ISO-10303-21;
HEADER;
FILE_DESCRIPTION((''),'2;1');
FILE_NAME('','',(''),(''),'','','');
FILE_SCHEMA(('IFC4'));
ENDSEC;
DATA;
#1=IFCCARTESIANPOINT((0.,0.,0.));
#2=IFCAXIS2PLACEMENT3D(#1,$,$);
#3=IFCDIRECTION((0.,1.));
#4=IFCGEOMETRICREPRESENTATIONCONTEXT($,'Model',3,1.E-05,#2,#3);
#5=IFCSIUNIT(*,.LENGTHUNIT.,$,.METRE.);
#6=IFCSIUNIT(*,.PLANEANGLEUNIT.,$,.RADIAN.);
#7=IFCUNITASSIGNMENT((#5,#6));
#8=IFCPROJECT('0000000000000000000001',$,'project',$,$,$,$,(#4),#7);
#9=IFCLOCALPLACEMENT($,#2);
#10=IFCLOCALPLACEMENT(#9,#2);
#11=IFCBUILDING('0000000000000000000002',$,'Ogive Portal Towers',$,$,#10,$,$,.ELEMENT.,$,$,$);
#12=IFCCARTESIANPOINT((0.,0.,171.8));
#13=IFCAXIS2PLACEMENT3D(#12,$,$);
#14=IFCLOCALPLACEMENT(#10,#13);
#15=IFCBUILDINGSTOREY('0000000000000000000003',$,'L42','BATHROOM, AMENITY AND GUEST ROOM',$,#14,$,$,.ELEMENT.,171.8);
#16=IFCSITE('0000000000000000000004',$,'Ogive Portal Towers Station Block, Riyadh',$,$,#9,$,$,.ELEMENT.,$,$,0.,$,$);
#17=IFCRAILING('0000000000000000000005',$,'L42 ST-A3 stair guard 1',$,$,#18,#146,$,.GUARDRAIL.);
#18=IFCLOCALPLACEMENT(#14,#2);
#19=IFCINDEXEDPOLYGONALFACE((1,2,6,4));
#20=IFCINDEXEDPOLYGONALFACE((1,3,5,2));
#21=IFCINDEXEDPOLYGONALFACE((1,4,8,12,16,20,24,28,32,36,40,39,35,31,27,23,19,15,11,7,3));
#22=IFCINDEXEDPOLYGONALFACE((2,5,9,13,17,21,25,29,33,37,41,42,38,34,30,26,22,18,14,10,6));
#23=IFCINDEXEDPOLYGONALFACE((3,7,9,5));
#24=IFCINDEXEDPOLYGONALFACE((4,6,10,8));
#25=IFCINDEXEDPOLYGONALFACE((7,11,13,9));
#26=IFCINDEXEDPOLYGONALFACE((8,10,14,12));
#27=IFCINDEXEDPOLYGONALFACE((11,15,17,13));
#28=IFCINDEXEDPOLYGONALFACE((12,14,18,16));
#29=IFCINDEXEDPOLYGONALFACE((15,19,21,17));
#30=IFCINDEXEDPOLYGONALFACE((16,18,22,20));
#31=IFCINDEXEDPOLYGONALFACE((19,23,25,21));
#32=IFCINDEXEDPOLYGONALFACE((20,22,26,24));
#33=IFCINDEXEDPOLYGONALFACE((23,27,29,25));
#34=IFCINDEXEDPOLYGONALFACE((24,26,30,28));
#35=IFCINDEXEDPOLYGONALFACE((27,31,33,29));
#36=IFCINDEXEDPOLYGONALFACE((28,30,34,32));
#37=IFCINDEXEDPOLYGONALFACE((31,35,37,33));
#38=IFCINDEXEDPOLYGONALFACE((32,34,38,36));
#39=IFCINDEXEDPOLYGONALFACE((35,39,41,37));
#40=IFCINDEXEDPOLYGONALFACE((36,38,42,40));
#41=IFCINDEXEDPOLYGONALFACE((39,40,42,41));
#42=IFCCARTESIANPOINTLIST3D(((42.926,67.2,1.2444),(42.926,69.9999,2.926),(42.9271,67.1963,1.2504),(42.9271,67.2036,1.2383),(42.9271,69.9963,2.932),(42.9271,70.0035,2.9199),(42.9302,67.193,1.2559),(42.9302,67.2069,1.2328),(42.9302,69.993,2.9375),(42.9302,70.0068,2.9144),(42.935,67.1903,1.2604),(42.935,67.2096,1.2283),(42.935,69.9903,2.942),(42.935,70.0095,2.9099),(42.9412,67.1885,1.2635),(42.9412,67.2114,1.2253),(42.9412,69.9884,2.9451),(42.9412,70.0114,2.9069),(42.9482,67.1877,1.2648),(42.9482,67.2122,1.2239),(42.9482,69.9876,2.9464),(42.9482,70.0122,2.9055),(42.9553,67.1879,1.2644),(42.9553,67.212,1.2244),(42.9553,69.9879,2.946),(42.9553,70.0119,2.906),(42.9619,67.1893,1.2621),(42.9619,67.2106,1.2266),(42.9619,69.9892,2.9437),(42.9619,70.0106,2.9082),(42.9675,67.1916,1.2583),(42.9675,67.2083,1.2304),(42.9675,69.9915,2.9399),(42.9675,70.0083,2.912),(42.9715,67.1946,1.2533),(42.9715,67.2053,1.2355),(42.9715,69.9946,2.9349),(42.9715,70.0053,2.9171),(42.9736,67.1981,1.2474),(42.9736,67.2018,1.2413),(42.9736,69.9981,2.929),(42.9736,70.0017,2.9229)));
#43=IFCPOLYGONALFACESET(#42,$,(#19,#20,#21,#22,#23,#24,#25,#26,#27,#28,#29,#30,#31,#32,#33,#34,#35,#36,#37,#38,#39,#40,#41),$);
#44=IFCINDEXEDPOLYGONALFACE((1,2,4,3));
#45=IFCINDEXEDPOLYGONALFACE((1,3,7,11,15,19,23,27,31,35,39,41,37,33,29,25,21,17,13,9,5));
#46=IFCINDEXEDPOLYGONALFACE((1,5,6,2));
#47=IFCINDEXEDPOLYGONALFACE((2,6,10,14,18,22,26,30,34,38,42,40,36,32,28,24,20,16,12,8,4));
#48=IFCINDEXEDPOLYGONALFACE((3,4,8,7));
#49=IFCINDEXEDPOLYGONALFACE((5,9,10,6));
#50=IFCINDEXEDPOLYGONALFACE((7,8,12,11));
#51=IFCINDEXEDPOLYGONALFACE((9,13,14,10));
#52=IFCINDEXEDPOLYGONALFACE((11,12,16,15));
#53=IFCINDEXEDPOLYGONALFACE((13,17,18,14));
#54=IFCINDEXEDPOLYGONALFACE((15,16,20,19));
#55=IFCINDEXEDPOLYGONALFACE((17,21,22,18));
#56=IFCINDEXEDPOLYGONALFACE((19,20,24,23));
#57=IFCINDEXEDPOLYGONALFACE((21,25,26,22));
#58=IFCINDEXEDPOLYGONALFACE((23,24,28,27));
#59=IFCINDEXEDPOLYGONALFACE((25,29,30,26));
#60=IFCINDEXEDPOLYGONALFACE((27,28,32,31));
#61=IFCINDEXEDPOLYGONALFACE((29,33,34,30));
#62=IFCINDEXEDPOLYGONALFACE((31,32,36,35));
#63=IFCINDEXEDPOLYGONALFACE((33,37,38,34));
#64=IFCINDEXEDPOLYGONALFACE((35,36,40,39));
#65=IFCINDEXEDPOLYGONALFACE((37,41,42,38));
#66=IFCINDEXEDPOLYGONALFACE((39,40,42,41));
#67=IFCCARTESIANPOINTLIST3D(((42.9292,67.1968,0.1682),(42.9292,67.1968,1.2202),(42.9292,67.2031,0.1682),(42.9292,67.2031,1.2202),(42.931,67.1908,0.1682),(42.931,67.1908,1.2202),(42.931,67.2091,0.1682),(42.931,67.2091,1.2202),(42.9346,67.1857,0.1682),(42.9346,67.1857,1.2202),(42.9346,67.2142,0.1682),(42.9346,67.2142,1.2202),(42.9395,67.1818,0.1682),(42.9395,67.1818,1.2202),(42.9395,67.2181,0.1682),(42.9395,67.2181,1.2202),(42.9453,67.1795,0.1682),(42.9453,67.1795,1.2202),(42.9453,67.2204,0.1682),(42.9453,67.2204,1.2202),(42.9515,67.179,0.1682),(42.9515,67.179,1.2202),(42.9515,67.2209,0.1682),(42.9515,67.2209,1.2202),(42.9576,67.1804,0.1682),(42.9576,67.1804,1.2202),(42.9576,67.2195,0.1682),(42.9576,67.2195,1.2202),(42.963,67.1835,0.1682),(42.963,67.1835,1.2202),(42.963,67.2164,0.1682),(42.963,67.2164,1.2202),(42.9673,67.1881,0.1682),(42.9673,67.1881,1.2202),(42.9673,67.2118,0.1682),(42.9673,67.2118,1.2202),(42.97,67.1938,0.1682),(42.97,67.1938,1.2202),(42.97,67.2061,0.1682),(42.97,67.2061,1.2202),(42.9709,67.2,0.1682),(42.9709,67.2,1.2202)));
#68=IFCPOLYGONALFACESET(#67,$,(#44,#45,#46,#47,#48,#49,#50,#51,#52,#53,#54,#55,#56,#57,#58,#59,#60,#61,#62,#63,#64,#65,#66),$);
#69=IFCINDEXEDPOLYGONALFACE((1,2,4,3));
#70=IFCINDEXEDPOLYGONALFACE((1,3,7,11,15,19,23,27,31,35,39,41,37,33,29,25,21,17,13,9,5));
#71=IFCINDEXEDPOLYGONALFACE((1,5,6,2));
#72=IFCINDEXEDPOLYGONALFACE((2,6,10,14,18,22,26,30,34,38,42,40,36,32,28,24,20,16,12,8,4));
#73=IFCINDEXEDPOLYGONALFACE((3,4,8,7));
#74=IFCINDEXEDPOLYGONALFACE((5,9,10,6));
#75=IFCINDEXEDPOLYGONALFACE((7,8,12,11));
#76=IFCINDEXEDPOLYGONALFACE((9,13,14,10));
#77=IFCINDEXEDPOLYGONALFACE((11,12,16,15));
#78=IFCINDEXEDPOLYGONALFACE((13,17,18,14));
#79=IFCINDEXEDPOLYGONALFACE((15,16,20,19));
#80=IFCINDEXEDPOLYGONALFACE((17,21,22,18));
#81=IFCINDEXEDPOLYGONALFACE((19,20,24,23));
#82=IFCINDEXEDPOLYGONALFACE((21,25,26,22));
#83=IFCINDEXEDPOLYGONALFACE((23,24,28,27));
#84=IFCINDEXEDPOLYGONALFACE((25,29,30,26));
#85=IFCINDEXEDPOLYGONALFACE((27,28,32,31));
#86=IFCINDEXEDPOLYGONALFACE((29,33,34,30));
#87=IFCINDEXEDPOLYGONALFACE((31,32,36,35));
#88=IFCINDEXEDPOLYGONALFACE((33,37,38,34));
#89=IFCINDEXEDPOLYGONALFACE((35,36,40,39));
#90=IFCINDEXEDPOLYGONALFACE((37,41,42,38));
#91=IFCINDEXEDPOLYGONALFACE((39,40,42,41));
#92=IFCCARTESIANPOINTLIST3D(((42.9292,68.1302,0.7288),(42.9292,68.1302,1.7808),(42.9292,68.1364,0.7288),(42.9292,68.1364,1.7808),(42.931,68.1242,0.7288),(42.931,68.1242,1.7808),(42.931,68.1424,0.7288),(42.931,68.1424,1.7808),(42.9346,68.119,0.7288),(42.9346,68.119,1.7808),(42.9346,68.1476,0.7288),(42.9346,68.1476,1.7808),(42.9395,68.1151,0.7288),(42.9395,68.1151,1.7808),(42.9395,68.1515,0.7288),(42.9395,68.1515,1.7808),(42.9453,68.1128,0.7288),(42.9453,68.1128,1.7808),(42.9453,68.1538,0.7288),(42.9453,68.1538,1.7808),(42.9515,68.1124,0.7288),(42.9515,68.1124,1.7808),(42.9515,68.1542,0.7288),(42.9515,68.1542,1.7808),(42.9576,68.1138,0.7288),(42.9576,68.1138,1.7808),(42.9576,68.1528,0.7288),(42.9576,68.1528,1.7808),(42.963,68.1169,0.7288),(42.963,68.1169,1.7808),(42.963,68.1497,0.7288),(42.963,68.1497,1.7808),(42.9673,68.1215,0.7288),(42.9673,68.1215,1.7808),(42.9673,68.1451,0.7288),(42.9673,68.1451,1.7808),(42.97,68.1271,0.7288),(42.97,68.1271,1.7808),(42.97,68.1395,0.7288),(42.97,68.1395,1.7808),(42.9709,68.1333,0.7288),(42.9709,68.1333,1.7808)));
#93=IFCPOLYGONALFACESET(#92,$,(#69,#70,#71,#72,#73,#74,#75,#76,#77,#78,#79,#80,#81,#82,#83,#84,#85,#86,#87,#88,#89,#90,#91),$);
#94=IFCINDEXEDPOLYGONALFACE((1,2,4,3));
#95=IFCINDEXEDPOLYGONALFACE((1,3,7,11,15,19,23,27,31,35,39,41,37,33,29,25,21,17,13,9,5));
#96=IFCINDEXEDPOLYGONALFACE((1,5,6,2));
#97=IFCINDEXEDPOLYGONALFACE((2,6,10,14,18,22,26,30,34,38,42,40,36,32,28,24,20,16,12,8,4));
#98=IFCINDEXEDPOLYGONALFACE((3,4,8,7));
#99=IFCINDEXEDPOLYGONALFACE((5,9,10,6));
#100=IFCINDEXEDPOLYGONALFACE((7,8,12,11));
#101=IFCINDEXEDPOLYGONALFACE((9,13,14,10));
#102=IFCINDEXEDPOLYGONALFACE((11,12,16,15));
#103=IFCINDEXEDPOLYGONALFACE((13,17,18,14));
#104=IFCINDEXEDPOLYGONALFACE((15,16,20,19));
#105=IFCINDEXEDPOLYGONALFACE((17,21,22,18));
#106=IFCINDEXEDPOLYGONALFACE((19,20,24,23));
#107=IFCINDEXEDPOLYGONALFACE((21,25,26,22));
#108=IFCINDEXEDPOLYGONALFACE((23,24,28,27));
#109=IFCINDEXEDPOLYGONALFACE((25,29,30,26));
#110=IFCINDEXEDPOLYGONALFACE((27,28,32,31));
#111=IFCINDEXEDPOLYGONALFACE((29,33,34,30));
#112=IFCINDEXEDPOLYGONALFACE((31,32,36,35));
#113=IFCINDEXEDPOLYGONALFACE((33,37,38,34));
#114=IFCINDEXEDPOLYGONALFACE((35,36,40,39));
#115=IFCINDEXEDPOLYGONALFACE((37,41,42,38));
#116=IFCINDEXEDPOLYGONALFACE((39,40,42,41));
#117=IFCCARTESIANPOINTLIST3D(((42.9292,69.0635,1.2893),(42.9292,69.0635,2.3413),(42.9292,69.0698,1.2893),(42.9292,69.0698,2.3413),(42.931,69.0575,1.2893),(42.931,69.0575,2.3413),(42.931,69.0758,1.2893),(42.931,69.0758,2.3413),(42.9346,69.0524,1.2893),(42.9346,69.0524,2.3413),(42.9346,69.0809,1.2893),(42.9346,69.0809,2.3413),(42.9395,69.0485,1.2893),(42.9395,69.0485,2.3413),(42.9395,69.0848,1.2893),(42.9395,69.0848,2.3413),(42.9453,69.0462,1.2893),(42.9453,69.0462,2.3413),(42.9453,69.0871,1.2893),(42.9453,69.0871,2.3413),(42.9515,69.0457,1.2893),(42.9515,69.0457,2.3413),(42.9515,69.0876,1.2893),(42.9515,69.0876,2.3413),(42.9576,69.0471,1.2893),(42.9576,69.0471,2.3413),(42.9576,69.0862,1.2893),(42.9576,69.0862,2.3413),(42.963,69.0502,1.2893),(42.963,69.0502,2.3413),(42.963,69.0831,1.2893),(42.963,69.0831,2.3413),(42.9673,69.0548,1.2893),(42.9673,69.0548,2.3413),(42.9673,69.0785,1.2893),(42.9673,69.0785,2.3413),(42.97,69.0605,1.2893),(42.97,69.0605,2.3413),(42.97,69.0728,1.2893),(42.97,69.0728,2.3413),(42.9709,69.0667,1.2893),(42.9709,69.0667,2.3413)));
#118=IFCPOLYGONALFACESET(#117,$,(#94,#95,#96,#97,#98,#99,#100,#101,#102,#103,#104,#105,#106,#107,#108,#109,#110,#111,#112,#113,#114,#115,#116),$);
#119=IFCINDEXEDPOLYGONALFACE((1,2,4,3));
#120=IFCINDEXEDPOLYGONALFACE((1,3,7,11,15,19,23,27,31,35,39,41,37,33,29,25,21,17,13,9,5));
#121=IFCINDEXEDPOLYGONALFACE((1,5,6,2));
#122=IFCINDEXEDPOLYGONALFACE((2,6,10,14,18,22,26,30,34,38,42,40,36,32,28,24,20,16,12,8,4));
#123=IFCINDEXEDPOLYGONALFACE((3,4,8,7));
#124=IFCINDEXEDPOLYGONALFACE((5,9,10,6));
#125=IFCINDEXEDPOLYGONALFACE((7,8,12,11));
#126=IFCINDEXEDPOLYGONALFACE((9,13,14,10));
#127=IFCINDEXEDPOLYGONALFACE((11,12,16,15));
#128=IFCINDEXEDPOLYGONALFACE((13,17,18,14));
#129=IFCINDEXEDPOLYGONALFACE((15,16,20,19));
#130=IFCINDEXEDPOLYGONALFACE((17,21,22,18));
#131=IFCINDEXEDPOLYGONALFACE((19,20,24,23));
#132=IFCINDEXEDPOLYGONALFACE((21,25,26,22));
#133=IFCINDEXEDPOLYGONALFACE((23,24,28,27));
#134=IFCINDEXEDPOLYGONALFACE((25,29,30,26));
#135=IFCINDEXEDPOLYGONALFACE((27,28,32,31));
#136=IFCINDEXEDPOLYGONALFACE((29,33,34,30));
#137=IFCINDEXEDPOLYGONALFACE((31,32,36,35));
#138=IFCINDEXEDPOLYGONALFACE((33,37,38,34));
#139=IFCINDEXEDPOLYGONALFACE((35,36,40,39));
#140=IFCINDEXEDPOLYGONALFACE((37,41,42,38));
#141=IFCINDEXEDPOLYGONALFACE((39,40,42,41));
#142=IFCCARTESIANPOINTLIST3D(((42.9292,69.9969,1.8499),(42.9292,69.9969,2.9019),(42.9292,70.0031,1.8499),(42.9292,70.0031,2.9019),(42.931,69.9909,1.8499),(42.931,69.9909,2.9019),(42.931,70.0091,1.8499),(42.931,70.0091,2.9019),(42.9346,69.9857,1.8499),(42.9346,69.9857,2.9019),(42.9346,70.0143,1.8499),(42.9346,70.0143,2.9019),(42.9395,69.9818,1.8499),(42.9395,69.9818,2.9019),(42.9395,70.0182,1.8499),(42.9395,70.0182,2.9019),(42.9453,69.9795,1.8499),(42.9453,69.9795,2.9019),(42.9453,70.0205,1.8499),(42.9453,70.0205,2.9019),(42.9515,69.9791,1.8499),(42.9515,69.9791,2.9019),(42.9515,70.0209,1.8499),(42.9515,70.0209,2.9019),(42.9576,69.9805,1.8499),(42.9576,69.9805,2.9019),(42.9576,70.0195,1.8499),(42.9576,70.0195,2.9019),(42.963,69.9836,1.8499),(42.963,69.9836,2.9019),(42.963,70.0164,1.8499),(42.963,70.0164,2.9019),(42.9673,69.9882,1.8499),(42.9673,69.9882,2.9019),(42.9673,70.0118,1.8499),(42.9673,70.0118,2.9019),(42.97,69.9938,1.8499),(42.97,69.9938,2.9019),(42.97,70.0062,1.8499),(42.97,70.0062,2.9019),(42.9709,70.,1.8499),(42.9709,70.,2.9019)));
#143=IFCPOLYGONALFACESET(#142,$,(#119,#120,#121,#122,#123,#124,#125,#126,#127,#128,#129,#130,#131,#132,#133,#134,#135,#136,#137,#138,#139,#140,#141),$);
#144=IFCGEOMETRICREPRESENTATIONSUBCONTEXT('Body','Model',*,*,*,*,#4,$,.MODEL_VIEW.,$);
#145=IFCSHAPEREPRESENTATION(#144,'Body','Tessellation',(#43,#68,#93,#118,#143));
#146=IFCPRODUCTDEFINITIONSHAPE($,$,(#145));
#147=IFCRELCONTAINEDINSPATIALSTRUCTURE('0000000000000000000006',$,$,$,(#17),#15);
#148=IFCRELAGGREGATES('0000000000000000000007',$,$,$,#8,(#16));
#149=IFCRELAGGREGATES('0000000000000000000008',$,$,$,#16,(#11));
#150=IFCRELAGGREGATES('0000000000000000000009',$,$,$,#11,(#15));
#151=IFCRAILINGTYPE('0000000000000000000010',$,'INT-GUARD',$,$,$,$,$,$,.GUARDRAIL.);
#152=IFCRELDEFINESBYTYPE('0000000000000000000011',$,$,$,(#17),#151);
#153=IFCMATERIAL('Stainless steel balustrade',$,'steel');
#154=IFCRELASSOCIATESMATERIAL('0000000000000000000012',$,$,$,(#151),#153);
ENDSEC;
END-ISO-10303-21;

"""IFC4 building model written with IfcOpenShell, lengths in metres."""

from ifc_helpers import new_model, si_unit, direction, frame, origin, origin_2d, place, context, subcontext, project, spatial, circle, extrude, material, type_object, element, save


model = new_model("IFC4")

# Units and contexts
model_context = context("Model", 3, precision=1e-05, world=origin(), true_north=direction((0.0, 1.0)))
body_context = subcontext(model_context, "Body", "Model", "MODEL_VIEW")
ifc_project = project(units=[si_unit("LENGTHUNIT", "METRE"), si_unit("PLANEANGLEUNIT", "RADIAN")], contexts=[model_context])

# Site, building, storey
site_placement = place(None, origin())
site = spatial("IfcSite", under=ifc_project, at=site_placement, Name="Ogive Portal Towers Station Block, Riyadh", CompositionType="ELEMENT", RefElevation=0.0)
building_placement = place(site_placement, origin())
building = spatial("IfcBuilding", under=site, at=building_placement, Name="Ogive Portal Towers", CompositionType="ELEMENT")
storey_placement = place(building_placement, frame((0.0, 0.0, 171.8)))
storey = spatial("IfcBuildingStorey", under=building, at=storey_placement, Name="L42", Description="BATHROOM, AMENITY AND GUEST ROOM", CompositionType="ELEMENT", Elevation=171.8)

# Railing
ifc_material_1 = material(Name="Stainless steel balustrade", Category="steel")
railing_type_1 = type_object("IfcRailingType", Name="INT-GUARD", PredefinedType="GUARDRAIL", material=ifc_material_1)
railing_1_placement = place(storey_placement, frame((42.95, 67.2, 0.1682)))
element("IfcRailing", 1, at=railing_1_placement, inside=storey, type_object=railing_type_1, Name="L42 ST-A3 stair guard 1", PredefinedType="GUARDRAIL", context=body_context, shape_type="SweptSolid", body=[
    extrude(circle(Radius=0.0239, at=origin_2d()), frame((0.0, 0.0, 1.0762), z_axis=(0.0, 0.857275, 0.514858), x_axis=(-1.0, 0.0, 0.0)), (0.0, 0.0, 1.0), 3.2661),
    extrude(circle(Radius=0.021, at=origin_2d()), origin(), (0.0, 0.0, 1.0), 1.052),
    extrude(circle(Radius=0.021, at=origin_2d()), frame((0.0, 0.9333, 0.5605)), (0.0, 0.0, 1.0), 1.052),
    extrude(circle(Radius=0.021, at=origin_2d()), frame((0.0, 1.8667, 1.1211)), (0.0, 0.0, 1.0), 1.052),
    extrude(circle(Radius=0.021, at=origin_2d()), frame((0.0, 2.8, 1.6816)), (0.0, 0.0, 1.0), 1.052),
])

save(model, "model.ifc")
